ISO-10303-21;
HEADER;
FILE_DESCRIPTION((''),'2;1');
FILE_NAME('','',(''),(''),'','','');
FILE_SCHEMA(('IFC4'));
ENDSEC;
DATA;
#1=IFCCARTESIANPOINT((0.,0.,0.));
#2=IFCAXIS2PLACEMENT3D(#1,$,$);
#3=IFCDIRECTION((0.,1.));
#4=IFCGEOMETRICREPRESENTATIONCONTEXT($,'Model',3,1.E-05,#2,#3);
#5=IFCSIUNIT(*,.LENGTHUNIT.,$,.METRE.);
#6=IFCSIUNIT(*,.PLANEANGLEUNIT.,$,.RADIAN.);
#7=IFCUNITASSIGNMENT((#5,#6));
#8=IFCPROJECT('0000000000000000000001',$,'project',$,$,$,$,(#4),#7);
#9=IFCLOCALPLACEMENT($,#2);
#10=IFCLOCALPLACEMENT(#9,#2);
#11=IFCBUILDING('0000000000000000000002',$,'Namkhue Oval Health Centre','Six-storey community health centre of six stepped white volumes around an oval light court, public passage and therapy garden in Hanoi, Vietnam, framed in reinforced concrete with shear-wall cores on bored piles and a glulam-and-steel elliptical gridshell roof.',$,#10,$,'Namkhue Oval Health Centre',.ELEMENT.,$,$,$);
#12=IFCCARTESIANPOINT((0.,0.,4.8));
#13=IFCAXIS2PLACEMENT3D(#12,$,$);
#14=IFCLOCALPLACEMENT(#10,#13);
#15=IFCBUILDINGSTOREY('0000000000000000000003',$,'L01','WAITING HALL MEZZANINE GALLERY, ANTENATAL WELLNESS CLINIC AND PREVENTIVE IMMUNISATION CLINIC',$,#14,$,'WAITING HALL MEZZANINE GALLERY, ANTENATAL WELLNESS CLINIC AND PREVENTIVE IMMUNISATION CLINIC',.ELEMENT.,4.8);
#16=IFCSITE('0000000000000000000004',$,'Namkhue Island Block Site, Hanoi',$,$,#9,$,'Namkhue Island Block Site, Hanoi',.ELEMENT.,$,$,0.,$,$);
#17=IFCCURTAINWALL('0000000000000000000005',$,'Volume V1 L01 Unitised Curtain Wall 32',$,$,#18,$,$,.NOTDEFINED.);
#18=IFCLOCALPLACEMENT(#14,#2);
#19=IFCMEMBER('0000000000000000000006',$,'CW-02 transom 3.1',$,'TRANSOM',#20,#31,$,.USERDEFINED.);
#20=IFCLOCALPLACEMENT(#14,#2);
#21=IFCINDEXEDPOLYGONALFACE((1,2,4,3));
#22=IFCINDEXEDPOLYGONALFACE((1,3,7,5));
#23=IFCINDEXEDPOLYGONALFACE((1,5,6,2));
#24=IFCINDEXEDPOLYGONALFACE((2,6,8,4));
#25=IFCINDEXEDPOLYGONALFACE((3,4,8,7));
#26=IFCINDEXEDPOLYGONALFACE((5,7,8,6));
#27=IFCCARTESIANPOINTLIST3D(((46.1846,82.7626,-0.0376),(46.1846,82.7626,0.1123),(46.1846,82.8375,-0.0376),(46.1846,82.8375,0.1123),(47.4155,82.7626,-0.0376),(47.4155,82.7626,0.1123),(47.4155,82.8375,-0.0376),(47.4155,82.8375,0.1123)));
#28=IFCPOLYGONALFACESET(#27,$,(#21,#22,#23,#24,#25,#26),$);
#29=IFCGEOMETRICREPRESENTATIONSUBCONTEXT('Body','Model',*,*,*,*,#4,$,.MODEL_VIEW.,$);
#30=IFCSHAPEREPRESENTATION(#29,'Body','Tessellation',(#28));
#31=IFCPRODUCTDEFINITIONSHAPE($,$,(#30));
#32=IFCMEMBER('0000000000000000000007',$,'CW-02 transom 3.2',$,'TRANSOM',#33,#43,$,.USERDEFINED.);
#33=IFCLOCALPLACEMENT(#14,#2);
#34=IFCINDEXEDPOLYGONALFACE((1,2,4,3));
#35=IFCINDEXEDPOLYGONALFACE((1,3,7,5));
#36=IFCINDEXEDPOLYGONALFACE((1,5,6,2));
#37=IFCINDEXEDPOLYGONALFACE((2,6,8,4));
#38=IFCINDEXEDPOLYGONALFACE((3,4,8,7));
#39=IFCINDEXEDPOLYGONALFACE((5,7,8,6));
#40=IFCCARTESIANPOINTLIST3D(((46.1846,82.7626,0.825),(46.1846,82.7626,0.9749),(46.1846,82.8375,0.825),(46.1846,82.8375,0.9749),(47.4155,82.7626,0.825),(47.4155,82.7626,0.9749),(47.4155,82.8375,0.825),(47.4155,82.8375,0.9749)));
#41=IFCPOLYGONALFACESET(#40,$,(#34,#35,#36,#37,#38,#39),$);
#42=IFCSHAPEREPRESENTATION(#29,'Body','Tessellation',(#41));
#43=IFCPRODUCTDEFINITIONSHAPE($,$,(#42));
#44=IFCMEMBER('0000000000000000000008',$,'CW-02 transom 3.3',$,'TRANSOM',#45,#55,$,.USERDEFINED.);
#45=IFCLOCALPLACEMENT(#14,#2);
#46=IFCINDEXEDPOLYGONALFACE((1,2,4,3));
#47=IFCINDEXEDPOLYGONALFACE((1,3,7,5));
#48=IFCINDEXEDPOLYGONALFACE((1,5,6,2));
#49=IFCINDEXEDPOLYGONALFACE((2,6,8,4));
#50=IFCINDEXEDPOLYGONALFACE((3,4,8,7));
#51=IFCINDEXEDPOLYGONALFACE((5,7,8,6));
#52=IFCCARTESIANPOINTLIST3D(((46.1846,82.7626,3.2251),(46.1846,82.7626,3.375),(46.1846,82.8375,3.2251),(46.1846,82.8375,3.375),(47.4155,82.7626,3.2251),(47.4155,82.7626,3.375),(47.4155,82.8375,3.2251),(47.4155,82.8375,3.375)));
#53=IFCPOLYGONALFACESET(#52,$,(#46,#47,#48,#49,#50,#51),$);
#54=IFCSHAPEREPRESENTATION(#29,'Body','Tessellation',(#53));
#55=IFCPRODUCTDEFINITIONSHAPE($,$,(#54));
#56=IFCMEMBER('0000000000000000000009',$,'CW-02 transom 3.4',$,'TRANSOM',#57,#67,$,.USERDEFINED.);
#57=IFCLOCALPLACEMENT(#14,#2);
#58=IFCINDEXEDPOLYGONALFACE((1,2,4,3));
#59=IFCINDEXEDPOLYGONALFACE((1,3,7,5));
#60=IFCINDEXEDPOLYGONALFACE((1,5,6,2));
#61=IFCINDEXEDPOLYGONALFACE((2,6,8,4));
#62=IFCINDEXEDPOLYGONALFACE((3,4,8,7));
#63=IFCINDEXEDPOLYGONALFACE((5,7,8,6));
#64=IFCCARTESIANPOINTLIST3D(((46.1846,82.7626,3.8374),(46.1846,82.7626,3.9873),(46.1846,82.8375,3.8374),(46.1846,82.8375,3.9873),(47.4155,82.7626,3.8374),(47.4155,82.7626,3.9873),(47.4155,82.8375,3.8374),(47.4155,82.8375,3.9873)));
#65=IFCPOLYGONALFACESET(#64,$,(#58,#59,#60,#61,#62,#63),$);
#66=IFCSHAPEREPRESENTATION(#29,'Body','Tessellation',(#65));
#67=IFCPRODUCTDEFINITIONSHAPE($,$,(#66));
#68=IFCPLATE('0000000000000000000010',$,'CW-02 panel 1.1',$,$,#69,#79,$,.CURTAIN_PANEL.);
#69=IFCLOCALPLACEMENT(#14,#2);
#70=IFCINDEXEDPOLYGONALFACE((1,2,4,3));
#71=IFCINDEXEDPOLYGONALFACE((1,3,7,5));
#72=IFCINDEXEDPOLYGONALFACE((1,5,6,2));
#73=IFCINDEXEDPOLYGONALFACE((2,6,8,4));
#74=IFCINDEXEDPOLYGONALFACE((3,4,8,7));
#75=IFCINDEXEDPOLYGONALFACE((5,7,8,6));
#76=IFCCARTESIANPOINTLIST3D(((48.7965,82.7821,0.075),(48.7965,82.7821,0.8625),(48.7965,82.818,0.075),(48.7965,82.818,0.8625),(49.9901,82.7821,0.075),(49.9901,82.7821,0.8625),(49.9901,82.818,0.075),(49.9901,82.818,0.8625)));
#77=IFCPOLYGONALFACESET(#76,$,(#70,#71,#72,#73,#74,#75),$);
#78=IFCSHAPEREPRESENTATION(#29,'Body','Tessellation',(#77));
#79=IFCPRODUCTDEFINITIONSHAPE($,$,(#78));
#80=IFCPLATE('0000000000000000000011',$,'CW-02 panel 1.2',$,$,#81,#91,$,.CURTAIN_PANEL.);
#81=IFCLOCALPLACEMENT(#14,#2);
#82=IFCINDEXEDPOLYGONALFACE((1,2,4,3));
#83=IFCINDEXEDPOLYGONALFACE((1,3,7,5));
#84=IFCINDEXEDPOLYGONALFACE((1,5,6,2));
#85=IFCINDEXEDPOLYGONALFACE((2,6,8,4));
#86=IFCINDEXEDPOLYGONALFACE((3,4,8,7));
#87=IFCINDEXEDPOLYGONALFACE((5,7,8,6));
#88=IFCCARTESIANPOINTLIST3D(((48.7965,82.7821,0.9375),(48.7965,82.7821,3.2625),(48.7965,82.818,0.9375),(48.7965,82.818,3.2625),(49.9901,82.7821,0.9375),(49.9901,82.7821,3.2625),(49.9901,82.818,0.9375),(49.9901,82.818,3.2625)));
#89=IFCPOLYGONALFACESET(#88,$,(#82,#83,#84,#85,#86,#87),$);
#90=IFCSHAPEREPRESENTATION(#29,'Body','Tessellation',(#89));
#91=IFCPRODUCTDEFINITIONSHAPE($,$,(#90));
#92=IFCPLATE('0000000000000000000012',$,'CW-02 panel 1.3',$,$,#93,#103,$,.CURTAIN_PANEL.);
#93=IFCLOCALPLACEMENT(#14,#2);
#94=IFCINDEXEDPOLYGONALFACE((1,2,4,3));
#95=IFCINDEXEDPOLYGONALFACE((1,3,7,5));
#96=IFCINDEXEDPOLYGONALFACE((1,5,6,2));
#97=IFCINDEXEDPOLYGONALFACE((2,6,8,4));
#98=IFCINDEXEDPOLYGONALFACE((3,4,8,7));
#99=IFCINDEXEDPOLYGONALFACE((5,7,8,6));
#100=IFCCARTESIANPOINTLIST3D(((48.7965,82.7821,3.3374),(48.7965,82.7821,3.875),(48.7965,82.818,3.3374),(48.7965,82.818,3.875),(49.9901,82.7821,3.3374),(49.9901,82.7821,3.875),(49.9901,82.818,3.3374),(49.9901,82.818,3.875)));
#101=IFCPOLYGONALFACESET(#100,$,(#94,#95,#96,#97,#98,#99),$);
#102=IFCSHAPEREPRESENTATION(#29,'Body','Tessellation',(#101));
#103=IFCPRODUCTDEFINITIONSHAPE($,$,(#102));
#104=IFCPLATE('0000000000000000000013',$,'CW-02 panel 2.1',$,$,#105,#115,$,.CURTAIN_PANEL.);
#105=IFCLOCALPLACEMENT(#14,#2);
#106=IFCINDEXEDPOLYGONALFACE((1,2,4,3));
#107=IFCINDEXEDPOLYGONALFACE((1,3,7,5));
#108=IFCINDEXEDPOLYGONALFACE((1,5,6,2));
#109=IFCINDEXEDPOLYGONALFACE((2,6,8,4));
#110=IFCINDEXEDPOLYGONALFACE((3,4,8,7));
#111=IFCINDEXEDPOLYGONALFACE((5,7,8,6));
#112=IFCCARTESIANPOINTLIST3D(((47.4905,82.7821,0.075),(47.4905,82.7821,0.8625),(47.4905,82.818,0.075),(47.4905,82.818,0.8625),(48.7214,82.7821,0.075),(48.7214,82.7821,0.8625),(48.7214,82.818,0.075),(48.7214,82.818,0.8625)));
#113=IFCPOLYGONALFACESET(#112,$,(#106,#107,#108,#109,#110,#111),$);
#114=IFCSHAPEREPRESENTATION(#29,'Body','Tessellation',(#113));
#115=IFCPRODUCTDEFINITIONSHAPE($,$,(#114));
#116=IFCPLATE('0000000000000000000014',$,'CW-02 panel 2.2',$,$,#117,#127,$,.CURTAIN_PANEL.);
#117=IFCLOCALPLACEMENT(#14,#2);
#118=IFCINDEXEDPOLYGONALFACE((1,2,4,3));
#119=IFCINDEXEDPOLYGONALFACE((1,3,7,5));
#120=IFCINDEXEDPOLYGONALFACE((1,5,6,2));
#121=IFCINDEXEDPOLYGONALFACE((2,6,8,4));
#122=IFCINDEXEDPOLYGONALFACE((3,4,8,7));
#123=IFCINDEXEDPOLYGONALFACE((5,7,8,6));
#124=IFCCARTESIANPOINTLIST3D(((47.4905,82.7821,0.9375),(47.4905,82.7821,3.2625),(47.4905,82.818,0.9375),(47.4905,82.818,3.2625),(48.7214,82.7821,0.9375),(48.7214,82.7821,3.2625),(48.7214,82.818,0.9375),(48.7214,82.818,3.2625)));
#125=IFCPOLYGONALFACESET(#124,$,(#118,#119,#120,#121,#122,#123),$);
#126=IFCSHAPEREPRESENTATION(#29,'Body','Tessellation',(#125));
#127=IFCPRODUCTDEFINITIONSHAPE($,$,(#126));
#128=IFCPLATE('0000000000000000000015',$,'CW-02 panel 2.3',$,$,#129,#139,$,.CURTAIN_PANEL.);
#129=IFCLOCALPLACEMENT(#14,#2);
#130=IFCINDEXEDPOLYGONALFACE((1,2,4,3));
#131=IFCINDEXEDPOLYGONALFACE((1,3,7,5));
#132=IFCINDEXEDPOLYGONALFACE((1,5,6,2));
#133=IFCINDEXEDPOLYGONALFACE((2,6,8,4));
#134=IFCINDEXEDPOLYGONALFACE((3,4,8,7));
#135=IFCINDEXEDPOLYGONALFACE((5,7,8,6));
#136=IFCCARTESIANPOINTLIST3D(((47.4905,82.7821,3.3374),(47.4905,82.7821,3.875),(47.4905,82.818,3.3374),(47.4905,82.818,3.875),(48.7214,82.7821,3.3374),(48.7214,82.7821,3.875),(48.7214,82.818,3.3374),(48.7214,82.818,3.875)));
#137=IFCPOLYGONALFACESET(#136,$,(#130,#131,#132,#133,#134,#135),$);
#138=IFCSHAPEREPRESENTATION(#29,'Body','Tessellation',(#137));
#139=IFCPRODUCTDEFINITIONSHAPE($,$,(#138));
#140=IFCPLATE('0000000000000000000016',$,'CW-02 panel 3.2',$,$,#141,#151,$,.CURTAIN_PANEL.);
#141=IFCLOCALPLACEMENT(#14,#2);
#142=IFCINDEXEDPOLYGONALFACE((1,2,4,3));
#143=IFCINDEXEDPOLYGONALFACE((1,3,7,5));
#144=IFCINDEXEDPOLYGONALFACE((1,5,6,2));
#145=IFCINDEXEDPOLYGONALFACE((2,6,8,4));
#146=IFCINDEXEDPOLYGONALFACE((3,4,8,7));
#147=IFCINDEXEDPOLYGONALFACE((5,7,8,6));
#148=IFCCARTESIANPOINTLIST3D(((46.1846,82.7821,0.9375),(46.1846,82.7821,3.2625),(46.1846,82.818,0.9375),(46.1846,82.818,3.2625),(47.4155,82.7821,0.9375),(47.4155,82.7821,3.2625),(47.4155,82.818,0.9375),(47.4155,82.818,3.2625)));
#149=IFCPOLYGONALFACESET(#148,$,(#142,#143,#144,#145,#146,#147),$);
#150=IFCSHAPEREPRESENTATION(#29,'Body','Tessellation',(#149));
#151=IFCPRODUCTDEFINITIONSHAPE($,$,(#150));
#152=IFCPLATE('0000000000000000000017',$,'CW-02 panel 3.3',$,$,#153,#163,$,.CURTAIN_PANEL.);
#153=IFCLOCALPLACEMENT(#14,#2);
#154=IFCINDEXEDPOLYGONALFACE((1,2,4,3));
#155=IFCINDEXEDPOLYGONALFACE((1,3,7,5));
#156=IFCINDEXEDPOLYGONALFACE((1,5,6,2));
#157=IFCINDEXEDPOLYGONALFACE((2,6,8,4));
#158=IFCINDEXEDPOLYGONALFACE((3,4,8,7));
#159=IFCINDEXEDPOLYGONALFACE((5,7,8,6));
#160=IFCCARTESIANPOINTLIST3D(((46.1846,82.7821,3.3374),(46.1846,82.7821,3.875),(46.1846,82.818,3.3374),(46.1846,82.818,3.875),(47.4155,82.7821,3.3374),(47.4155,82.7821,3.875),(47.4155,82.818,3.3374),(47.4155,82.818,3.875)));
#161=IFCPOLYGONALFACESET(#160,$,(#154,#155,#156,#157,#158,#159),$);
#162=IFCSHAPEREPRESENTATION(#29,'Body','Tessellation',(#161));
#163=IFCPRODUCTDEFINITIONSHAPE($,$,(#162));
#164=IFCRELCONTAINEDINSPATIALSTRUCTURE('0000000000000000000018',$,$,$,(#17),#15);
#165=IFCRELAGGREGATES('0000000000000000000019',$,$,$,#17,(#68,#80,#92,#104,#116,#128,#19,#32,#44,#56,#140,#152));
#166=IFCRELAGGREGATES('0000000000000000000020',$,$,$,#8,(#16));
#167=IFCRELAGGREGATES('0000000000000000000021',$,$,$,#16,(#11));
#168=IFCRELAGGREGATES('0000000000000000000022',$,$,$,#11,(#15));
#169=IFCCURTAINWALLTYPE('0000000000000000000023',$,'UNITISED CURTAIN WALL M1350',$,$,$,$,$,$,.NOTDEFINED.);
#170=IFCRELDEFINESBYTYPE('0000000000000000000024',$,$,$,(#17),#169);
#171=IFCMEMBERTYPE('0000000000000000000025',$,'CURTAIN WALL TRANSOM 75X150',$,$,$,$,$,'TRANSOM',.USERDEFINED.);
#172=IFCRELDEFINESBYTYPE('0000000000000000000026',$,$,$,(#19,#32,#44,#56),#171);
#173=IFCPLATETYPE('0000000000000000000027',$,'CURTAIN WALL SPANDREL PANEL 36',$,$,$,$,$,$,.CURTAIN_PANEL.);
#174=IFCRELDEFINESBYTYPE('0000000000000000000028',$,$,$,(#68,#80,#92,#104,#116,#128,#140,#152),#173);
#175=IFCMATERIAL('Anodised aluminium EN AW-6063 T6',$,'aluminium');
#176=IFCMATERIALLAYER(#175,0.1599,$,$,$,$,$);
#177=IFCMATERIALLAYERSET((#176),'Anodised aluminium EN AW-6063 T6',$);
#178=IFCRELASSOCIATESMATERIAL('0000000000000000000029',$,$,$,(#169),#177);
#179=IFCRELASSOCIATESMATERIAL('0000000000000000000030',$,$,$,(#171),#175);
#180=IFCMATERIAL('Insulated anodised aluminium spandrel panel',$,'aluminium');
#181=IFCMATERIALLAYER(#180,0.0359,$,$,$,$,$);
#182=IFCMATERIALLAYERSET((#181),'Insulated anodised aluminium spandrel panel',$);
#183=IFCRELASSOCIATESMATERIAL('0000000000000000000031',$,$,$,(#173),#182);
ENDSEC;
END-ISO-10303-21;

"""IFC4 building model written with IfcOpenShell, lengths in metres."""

from ifc_helpers import new_model, si_unit, direction, frame, origin, origin_2d, place, context, subcontext, project, spatial, rectangle, extrude, material, layer, layer_set, material_profile, profile_set, type_object, element, aggregate, save


model = new_model("IFC4")

# Units and contexts
model_context = context("Model", 3, precision=1e-05, world=origin(), true_north=direction((0.0, 1.0)))
body_context = subcontext(model_context, "Body", "Model", "MODEL_VIEW")
ifc_project = project(units=[si_unit("LENGTHUNIT", "METRE"), si_unit("PLANEANGLEUNIT", "RADIAN")], contexts=[model_context])

# Site, building, storey
site_placement = place(None, origin())
site = spatial("IfcSite", under=ifc_project, at=site_placement, Name="Namkhue Island Block Site, Hanoi", LongName="Namkhue Island Block Site, Hanoi", CompositionType="ELEMENT", RefElevation=0.0)
building_placement = place(site_placement, origin())
building = spatial("IfcBuilding", under=site, at=building_placement, Name="Namkhue Oval Health Centre", Description="Six-storey community health centre of six stepped white volumes around an oval light court, public passage and therapy garden in Hanoi, Vietnam, framed in reinforced concrete with shear-wall cores on bored piles and a glulam-and-steel elliptical gridshell roof.", LongName="Namkhue Oval Health Centre", CompositionType="ELEMENT")
storey_placement = place(building_placement, frame((0.0, 0.0, 4.8)))
storey = spatial("IfcBuildingStorey", under=building, at=storey_placement, Name="L01", Description="WAITING HALL MEZZANINE GALLERY, ANTENATAL WELLNESS CLINIC AND PREVENTIVE IMMUNISATION CLINIC", LongName="WAITING HALL MEZZANINE GALLERY, ANTENATAL WELLNESS CLINIC AND PREVENTIVE IMMUNISATION CLINIC", CompositionType="ELEMENT", Elevation=4.8)

# Curtain wall, members, plates
ifc_material_1 = material(Name="Anodised aluminium EN AW-6063 T6", Category="aluminium")
ifc_layer_1 = layer(ifc_material_1, 0.1599)
ifc_layer_set_1 = layer_set([ifc_layer_1], Name="Anodised aluminium EN AW-6063 T6")
curtain_wall_type = type_object("IfcCurtainWallType", Name="UNITISED CURTAIN WALL M1350", PredefinedType="NOTDEFINED", material=ifc_layer_set_1)
curtain_wall_placement = place(storey_placement, origin())
curtain_wall = element("IfcCurtainWall", 1, at=curtain_wall_placement, inside=storey, type_object=curtain_wall_type, Name="Volume V1 L01 Unitised Curtain Wall 32", PredefinedType="NOTDEFINED")
ifc_material_profile_1 = material_profile(ifc_material_1, rectangle(XDim=0.075, YDim=0.1499, at=origin_2d()), Name="ALU 75x150")
ifc_profile_set_1 = profile_set([ifc_material_profile_1], Name="Anodised aluminium EN AW-6063 T6")
member_type_1 = type_object("IfcMemberType", Name="CURTAIN WALL TRANSOM 75X150", ElementType="TRANSOM", PredefinedType="USERDEFINED", material=ifc_profile_set_1)
member_1_placement = place(storey_placement, frame((47.4155, 82.8, 0.0374), z_axis=(-1.0, 0.0, 0.0), x_axis=(0.0, -1.0, 0.0)))
member_1 = element("IfcMember", 2, at=member_1_placement, type_object=member_type_1, Name="CW-02 transom 3.1", ObjectType="TRANSOM", PredefinedType="USERDEFINED", context=body_context, shape_type="SweptSolid", body=[
    extrude(rectangle(XDim=0.075, YDim=0.1499, at=origin_2d()), origin(), (0.0, 0.0, 1.0), 1.231),
])
member_2_placement = place(storey_placement, frame((47.4155, 82.8, 0.8999), z_axis=(-1.0, 0.0, 0.0), x_axis=(0.0, -1.0, 0.0)))
member_2 = element("IfcMember", 3, at=member_2_placement, type_object=member_type_1, Name="CW-02 transom 3.2", ObjectType="TRANSOM", PredefinedType="USERDEFINED", context=body_context, shape_type="SweptSolid", body=[
    extrude(rectangle(XDim=0.075, YDim=0.1499, at=origin_2d()), origin(), (0.0, 0.0, 1.0), 1.231),
])
member_3_placement = place(storey_placement, frame((47.4155, 82.8, 3.3), z_axis=(-1.0, 0.0, 0.0), x_axis=(0.0, -1.0, 0.0)))
member_3 = element("IfcMember", 4, at=member_3_placement, type_object=member_type_1, Name="CW-02 transom 3.3", ObjectType="TRANSOM", PredefinedType="USERDEFINED", context=body_context, shape_type="SweptSolid", body=[
    extrude(rectangle(XDim=0.075, YDim=0.1499, at=origin_2d()), origin(), (0.0, 0.0, 1.0), 1.231),
])
member_4_placement = place(storey_placement, frame((47.4155, 82.8, 3.9124), z_axis=(-1.0, 0.0, 0.0), x_axis=(0.0, -1.0, 0.0)))
member_4 = element("IfcMember", 5, at=member_4_placement, type_object=member_type_1, Name="CW-02 transom 3.4", ObjectType="TRANSOM", PredefinedType="USERDEFINED", context=body_context, shape_type="SweptSolid", body=[
    extrude(rectangle(XDim=0.075, YDim=0.1499, at=origin_2d()), origin(), (0.0, 0.0, 1.0), 1.231),
])
ifc_material_2 = material(Name="Insulated anodised aluminium spandrel panel", Category="aluminium")
ifc_layer_2 = layer(ifc_material_2, 0.0359)
ifc_layer_set_2 = layer_set([ifc_layer_2], Name="Insulated anodised aluminium spandrel panel")
plate_type = type_object("IfcPlateType", Name="CURTAIN WALL SPANDREL PANEL 36", PredefinedType="CURTAIN_PANEL", material=ifc_layer_set_2)
plate_1_placement = place(storey_placement, frame((49.3933, 82.8, 0.075), z_axis=(0.0, 0.0, 1.0), x_axis=(-1.0, 0.0, 0.0)))
plate_1 = element("IfcPlate", 6, at=plate_1_placement, type_object=plate_type, Name="CW-02 panel 1.1", PredefinedType="CURTAIN_PANEL", context=body_context, shape_type="SweptSolid", body=[
    extrude(rectangle(XDim=1.1936, YDim=0.0359, at=origin_2d()), origin(), (0.0, 0.0, 1.0), 0.7876),
])
plate_2_placement = place(storey_placement, frame((49.3933, 82.8, 0.9375), z_axis=(0.0, 0.0, 1.0), x_axis=(-1.0, 0.0, 0.0)))
plate_2 = element("IfcPlate", 7, at=plate_2_placement, type_object=plate_type, Name="CW-02 panel 1.2", PredefinedType="CURTAIN_PANEL", context=body_context, shape_type="SweptSolid", body=[
    extrude(rectangle(XDim=1.1936, YDim=0.0359, at=origin_2d()), origin(), (0.0, 0.0, 1.0), 2.325),
])
plate_3_placement = place(storey_placement, frame((49.3933, 82.8, 3.3374), z_axis=(0.0, 0.0, 1.0), x_axis=(-1.0, 0.0, 0.0)))
plate_3 = element("IfcPlate", 8, at=plate_3_placement, type_object=plate_type, Name="CW-02 panel 1.3", PredefinedType="CURTAIN_PANEL", context=body_context, shape_type="SweptSolid", body=[
    extrude(rectangle(XDim=1.1936, YDim=0.0359, at=origin_2d()), origin(), (0.0, 0.0, 1.0), 0.5376),
])
plate_4_placement = place(storey_placement, frame((48.106, 82.8, 0.075), z_axis=(0.0, 0.0, 1.0), x_axis=(-1.0, 0.0, 0.0)))
plate_4 = element("IfcPlate", 9, at=plate_4_placement, type_object=plate_type, Name="CW-02 panel 2.1", PredefinedType="CURTAIN_PANEL", context=body_context, shape_type="SweptSolid", body=[
    extrude(rectangle(XDim=1.231, YDim=0.0359, at=origin_2d()), origin(), (0.0, 0.0, 1.0), 0.7876),
])
plate_5_placement = place(storey_placement, frame((48.106, 82.8, 0.9375), z_axis=(0.0, 0.0, 1.0), x_axis=(-1.0, 0.0, 0.0)))
plate_5 = element("IfcPlate", 10, at=plate_5_placement, type_object=plate_type, Name="CW-02 panel 2.2", PredefinedType="CURTAIN_PANEL", context=body_context, shape_type="SweptSolid", body=[
    extrude(rectangle(XDim=1.231, YDim=0.0359, at=origin_2d()), origin(), (0.0, 0.0, 1.0), 2.325),
])
plate_6_placement = place(storey_placement, frame((48.106, 82.8, 3.3374), z_axis=(0.0, 0.0, 1.0), x_axis=(-1.0, 0.0, 0.0)))
plate_6 = element("IfcPlate", 11, at=plate_6_placement, type_object=plate_type, Name="CW-02 panel 2.3", PredefinedType="CURTAIN_PANEL", context=body_context, shape_type="SweptSolid", body=[
    extrude(rectangle(XDim=1.231, YDim=0.0359, at=origin_2d()), origin(), (0.0, 0.0, 1.0), 0.5376),
])
plate_7_placement = place(storey_placement, frame((46.8, 82.8, 0.9375), z_axis=(0.0, 0.0, 1.0), x_axis=(-1.0, 0.0, 0.0)))
plate_7 = element("IfcPlate", 12, at=plate_7_placement, type_object=plate_type, Name="CW-02 panel 3.2", PredefinedType="CURTAIN_PANEL", context=body_context, shape_type="SweptSolid", body=[
    extrude(rectangle(XDim=1.231, YDim=0.0359, at=origin_2d()), origin(), (0.0, 0.0, 1.0), 2.325),
])
plate_8_placement = place(storey_placement, frame((46.8, 82.8, 3.3374), z_axis=(0.0, 0.0, 1.0), x_axis=(-1.0, 0.0, 0.0)))
plate_8 = element("IfcPlate", 13, at=plate_8_placement, type_object=plate_type, Name="CW-02 panel 3.3", PredefinedType="CURTAIN_PANEL", context=body_context, shape_type="SweptSolid", body=[
    extrude(rectangle(XDim=1.231, YDim=0.0359, at=origin_2d()), origin(), (0.0, 0.0, 1.0), 0.5376),
])
aggregate(curtain_wall, [plate_1, plate_2, plate_3, plate_4, plate_5, plate_6, member_1, member_2, member_3, member_4, plate_7, plate_8])

save(model, "model.ifc")
